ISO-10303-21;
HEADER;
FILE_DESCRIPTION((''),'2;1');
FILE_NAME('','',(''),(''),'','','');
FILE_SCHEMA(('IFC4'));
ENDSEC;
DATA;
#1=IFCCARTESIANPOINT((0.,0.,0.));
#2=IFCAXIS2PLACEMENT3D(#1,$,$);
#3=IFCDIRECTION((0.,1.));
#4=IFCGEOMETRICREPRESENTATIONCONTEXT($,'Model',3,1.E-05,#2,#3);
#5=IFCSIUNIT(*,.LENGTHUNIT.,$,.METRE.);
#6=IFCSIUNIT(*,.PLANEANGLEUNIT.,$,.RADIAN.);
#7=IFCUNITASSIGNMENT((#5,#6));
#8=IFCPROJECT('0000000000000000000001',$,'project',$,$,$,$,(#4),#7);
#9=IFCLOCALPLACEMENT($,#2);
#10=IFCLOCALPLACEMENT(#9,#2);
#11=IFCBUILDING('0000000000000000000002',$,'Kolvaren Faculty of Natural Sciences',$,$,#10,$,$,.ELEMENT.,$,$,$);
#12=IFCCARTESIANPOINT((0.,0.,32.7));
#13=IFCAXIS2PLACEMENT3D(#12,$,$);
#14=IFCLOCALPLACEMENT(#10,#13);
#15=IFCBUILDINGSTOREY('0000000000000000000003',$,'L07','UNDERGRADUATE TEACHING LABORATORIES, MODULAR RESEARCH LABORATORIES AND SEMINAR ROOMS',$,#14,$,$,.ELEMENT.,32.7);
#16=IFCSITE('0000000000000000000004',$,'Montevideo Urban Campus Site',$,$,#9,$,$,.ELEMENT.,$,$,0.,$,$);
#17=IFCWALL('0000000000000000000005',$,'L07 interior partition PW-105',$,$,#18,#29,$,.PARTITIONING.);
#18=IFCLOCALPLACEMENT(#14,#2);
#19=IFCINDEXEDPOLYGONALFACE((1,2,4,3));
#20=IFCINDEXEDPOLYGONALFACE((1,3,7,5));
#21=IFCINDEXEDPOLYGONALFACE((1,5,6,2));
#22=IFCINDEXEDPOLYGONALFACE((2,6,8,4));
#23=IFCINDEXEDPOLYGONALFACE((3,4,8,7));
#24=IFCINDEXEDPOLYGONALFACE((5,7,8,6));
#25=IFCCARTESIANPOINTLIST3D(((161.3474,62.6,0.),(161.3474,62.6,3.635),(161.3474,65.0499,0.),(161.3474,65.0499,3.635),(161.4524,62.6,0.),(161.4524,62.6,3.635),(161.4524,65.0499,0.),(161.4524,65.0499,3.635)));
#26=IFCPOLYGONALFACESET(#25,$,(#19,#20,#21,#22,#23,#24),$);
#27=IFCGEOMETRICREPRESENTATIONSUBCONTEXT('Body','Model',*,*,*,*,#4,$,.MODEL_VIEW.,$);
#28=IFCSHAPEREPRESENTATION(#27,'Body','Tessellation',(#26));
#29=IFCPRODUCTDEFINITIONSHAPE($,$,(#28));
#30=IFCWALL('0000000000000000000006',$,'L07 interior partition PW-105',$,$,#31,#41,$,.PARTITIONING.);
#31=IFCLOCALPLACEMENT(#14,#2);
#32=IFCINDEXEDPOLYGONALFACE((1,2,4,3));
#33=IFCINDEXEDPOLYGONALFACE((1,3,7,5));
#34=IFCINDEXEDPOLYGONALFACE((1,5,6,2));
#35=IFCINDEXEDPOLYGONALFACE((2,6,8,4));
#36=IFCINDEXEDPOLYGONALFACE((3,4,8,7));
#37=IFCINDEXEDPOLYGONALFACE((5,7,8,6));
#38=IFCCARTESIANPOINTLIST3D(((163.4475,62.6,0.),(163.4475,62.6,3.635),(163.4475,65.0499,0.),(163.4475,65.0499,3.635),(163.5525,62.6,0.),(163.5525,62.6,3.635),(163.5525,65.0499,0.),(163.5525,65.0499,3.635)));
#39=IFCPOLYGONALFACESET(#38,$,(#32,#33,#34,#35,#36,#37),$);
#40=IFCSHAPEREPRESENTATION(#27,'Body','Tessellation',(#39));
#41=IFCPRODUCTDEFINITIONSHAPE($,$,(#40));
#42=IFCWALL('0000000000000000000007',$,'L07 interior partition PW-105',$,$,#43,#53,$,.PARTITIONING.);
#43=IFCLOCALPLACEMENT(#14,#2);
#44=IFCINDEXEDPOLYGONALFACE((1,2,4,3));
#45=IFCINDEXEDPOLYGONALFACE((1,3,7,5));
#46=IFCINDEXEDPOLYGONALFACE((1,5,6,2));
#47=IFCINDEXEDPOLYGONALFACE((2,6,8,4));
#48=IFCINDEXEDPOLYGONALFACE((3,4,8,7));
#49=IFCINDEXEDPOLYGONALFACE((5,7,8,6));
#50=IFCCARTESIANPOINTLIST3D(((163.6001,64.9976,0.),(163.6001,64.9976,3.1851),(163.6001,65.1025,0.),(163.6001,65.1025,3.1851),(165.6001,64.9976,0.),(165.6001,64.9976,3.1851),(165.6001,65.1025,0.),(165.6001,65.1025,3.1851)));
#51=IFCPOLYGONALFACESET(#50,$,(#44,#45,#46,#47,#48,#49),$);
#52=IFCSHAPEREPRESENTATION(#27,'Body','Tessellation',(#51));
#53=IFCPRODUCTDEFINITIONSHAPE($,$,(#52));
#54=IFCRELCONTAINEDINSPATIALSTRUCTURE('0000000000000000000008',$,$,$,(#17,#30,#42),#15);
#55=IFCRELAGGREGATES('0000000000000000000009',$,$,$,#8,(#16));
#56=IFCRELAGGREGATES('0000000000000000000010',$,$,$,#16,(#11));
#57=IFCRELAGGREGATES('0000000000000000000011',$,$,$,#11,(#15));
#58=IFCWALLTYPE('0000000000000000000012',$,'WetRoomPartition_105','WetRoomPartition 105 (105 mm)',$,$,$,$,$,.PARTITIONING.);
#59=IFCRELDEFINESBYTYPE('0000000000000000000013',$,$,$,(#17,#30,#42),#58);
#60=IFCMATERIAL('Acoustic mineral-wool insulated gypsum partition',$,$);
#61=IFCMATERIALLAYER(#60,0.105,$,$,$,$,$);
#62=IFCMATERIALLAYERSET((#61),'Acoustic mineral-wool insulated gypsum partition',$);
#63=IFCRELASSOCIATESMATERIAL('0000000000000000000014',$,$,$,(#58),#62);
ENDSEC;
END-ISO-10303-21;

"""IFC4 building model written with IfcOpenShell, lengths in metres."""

from ifc_helpers import new_model, si_unit, direction, frame, frame_2d, origin, place, context, subcontext, project, spatial, rectangle, extrude, material, layer, layer_set, type_object, element, save


model = new_model("IFC4")

# Units and contexts
model_context = context("Model", 3, precision=1e-05, world=origin(), true_north=direction((0.0, 1.0)))
body_context = subcontext(model_context, "Body", "Model", "MODEL_VIEW")
ifc_project = project(units=[si_unit("LENGTHUNIT", "METRE"), si_unit("PLANEANGLEUNIT", "RADIAN")], contexts=[model_context])

# Site, building, storey
site_placement = place(None, origin())
site = spatial("IfcSite", under=ifc_project, at=site_placement, Name="Montevideo Urban Campus Site", CompositionType="ELEMENT", RefElevation=0.0)
building_placement = place(site_placement, origin())
building = spatial("IfcBuilding", under=site, at=building_placement, Name="Kolvaren Faculty of Natural Sciences", CompositionType="ELEMENT")
storey_placement = place(building_placement, frame((0.0, 0.0, 32.7)))
storey = spatial("IfcBuildingStorey", under=building, at=storey_placement, Name="L07", Description="UNDERGRADUATE TEACHING LABORATORIES, MODULAR RESEARCH LABORATORIES AND SEMINAR ROOMS", CompositionType="ELEMENT", Elevation=32.7)

# Walls
ifc_material_1 = material(Name="Acoustic mineral-wool insulated gypsum partition")
ifc_layer_1 = layer(ifc_material_1, 0.105)
ifc_layer_set_1 = layer_set([ifc_layer_1], Name="Acoustic mineral-wool insulated gypsum partition")
wall_type_1 = type_object("IfcWallType", Name="WetRoomPartition_105", Description="WetRoomPartition 105 (105 mm)", PredefinedType="PARTITIONING", material=ifc_layer_set_1)
for number, where, z_axis, x_axis, name in (
    (1, (161.3999, 65.05, 0.0), (0.0, 0.0, 1.0), (0.0, -1.0, 0.0), "L07 interior partition PW-105"),
    (2, (163.5, 65.05, 0.0), (0.0, 0.0, 1.0), (0.0, -1.0, 0.0), "L07 interior partition PW-105"),
):
    element("IfcWall", number, at=place(storey_placement, frame(where, z_axis=z_axis, x_axis=x_axis)), inside=storey, type_object=wall_type_1, Name=name, PredefinedType="PARTITIONING", context=body_context, shape_type="SweptSolid", body=[
        extrude(rectangle(XDim=2.45, YDim=0.105, at=frame_2d((1.2251, 0.0))), origin(), (0.0, 0.0, 1.0), 3.635),
    ])
wall_1_placement = place(storey_placement, frame((163.6001, 65.05, 0.0), z_axis=(0.0, 0.0, 1.0), x_axis=(1.0, 0.0, 0.0)))
element("IfcWall", 3, at=wall_1_placement, inside=storey, type_object=wall_type_1, Name="L07 interior partition PW-105", PredefinedType="PARTITIONING", context=body_context, shape_type="SweptSolid", body=[
    extrude(rectangle(XDim=2.0, YDim=0.105, at=frame_2d((1.0, 0.0))), origin(), (0.0, 0.0, 1.0), 3.1851),
])

save(model, "model.ifc")
